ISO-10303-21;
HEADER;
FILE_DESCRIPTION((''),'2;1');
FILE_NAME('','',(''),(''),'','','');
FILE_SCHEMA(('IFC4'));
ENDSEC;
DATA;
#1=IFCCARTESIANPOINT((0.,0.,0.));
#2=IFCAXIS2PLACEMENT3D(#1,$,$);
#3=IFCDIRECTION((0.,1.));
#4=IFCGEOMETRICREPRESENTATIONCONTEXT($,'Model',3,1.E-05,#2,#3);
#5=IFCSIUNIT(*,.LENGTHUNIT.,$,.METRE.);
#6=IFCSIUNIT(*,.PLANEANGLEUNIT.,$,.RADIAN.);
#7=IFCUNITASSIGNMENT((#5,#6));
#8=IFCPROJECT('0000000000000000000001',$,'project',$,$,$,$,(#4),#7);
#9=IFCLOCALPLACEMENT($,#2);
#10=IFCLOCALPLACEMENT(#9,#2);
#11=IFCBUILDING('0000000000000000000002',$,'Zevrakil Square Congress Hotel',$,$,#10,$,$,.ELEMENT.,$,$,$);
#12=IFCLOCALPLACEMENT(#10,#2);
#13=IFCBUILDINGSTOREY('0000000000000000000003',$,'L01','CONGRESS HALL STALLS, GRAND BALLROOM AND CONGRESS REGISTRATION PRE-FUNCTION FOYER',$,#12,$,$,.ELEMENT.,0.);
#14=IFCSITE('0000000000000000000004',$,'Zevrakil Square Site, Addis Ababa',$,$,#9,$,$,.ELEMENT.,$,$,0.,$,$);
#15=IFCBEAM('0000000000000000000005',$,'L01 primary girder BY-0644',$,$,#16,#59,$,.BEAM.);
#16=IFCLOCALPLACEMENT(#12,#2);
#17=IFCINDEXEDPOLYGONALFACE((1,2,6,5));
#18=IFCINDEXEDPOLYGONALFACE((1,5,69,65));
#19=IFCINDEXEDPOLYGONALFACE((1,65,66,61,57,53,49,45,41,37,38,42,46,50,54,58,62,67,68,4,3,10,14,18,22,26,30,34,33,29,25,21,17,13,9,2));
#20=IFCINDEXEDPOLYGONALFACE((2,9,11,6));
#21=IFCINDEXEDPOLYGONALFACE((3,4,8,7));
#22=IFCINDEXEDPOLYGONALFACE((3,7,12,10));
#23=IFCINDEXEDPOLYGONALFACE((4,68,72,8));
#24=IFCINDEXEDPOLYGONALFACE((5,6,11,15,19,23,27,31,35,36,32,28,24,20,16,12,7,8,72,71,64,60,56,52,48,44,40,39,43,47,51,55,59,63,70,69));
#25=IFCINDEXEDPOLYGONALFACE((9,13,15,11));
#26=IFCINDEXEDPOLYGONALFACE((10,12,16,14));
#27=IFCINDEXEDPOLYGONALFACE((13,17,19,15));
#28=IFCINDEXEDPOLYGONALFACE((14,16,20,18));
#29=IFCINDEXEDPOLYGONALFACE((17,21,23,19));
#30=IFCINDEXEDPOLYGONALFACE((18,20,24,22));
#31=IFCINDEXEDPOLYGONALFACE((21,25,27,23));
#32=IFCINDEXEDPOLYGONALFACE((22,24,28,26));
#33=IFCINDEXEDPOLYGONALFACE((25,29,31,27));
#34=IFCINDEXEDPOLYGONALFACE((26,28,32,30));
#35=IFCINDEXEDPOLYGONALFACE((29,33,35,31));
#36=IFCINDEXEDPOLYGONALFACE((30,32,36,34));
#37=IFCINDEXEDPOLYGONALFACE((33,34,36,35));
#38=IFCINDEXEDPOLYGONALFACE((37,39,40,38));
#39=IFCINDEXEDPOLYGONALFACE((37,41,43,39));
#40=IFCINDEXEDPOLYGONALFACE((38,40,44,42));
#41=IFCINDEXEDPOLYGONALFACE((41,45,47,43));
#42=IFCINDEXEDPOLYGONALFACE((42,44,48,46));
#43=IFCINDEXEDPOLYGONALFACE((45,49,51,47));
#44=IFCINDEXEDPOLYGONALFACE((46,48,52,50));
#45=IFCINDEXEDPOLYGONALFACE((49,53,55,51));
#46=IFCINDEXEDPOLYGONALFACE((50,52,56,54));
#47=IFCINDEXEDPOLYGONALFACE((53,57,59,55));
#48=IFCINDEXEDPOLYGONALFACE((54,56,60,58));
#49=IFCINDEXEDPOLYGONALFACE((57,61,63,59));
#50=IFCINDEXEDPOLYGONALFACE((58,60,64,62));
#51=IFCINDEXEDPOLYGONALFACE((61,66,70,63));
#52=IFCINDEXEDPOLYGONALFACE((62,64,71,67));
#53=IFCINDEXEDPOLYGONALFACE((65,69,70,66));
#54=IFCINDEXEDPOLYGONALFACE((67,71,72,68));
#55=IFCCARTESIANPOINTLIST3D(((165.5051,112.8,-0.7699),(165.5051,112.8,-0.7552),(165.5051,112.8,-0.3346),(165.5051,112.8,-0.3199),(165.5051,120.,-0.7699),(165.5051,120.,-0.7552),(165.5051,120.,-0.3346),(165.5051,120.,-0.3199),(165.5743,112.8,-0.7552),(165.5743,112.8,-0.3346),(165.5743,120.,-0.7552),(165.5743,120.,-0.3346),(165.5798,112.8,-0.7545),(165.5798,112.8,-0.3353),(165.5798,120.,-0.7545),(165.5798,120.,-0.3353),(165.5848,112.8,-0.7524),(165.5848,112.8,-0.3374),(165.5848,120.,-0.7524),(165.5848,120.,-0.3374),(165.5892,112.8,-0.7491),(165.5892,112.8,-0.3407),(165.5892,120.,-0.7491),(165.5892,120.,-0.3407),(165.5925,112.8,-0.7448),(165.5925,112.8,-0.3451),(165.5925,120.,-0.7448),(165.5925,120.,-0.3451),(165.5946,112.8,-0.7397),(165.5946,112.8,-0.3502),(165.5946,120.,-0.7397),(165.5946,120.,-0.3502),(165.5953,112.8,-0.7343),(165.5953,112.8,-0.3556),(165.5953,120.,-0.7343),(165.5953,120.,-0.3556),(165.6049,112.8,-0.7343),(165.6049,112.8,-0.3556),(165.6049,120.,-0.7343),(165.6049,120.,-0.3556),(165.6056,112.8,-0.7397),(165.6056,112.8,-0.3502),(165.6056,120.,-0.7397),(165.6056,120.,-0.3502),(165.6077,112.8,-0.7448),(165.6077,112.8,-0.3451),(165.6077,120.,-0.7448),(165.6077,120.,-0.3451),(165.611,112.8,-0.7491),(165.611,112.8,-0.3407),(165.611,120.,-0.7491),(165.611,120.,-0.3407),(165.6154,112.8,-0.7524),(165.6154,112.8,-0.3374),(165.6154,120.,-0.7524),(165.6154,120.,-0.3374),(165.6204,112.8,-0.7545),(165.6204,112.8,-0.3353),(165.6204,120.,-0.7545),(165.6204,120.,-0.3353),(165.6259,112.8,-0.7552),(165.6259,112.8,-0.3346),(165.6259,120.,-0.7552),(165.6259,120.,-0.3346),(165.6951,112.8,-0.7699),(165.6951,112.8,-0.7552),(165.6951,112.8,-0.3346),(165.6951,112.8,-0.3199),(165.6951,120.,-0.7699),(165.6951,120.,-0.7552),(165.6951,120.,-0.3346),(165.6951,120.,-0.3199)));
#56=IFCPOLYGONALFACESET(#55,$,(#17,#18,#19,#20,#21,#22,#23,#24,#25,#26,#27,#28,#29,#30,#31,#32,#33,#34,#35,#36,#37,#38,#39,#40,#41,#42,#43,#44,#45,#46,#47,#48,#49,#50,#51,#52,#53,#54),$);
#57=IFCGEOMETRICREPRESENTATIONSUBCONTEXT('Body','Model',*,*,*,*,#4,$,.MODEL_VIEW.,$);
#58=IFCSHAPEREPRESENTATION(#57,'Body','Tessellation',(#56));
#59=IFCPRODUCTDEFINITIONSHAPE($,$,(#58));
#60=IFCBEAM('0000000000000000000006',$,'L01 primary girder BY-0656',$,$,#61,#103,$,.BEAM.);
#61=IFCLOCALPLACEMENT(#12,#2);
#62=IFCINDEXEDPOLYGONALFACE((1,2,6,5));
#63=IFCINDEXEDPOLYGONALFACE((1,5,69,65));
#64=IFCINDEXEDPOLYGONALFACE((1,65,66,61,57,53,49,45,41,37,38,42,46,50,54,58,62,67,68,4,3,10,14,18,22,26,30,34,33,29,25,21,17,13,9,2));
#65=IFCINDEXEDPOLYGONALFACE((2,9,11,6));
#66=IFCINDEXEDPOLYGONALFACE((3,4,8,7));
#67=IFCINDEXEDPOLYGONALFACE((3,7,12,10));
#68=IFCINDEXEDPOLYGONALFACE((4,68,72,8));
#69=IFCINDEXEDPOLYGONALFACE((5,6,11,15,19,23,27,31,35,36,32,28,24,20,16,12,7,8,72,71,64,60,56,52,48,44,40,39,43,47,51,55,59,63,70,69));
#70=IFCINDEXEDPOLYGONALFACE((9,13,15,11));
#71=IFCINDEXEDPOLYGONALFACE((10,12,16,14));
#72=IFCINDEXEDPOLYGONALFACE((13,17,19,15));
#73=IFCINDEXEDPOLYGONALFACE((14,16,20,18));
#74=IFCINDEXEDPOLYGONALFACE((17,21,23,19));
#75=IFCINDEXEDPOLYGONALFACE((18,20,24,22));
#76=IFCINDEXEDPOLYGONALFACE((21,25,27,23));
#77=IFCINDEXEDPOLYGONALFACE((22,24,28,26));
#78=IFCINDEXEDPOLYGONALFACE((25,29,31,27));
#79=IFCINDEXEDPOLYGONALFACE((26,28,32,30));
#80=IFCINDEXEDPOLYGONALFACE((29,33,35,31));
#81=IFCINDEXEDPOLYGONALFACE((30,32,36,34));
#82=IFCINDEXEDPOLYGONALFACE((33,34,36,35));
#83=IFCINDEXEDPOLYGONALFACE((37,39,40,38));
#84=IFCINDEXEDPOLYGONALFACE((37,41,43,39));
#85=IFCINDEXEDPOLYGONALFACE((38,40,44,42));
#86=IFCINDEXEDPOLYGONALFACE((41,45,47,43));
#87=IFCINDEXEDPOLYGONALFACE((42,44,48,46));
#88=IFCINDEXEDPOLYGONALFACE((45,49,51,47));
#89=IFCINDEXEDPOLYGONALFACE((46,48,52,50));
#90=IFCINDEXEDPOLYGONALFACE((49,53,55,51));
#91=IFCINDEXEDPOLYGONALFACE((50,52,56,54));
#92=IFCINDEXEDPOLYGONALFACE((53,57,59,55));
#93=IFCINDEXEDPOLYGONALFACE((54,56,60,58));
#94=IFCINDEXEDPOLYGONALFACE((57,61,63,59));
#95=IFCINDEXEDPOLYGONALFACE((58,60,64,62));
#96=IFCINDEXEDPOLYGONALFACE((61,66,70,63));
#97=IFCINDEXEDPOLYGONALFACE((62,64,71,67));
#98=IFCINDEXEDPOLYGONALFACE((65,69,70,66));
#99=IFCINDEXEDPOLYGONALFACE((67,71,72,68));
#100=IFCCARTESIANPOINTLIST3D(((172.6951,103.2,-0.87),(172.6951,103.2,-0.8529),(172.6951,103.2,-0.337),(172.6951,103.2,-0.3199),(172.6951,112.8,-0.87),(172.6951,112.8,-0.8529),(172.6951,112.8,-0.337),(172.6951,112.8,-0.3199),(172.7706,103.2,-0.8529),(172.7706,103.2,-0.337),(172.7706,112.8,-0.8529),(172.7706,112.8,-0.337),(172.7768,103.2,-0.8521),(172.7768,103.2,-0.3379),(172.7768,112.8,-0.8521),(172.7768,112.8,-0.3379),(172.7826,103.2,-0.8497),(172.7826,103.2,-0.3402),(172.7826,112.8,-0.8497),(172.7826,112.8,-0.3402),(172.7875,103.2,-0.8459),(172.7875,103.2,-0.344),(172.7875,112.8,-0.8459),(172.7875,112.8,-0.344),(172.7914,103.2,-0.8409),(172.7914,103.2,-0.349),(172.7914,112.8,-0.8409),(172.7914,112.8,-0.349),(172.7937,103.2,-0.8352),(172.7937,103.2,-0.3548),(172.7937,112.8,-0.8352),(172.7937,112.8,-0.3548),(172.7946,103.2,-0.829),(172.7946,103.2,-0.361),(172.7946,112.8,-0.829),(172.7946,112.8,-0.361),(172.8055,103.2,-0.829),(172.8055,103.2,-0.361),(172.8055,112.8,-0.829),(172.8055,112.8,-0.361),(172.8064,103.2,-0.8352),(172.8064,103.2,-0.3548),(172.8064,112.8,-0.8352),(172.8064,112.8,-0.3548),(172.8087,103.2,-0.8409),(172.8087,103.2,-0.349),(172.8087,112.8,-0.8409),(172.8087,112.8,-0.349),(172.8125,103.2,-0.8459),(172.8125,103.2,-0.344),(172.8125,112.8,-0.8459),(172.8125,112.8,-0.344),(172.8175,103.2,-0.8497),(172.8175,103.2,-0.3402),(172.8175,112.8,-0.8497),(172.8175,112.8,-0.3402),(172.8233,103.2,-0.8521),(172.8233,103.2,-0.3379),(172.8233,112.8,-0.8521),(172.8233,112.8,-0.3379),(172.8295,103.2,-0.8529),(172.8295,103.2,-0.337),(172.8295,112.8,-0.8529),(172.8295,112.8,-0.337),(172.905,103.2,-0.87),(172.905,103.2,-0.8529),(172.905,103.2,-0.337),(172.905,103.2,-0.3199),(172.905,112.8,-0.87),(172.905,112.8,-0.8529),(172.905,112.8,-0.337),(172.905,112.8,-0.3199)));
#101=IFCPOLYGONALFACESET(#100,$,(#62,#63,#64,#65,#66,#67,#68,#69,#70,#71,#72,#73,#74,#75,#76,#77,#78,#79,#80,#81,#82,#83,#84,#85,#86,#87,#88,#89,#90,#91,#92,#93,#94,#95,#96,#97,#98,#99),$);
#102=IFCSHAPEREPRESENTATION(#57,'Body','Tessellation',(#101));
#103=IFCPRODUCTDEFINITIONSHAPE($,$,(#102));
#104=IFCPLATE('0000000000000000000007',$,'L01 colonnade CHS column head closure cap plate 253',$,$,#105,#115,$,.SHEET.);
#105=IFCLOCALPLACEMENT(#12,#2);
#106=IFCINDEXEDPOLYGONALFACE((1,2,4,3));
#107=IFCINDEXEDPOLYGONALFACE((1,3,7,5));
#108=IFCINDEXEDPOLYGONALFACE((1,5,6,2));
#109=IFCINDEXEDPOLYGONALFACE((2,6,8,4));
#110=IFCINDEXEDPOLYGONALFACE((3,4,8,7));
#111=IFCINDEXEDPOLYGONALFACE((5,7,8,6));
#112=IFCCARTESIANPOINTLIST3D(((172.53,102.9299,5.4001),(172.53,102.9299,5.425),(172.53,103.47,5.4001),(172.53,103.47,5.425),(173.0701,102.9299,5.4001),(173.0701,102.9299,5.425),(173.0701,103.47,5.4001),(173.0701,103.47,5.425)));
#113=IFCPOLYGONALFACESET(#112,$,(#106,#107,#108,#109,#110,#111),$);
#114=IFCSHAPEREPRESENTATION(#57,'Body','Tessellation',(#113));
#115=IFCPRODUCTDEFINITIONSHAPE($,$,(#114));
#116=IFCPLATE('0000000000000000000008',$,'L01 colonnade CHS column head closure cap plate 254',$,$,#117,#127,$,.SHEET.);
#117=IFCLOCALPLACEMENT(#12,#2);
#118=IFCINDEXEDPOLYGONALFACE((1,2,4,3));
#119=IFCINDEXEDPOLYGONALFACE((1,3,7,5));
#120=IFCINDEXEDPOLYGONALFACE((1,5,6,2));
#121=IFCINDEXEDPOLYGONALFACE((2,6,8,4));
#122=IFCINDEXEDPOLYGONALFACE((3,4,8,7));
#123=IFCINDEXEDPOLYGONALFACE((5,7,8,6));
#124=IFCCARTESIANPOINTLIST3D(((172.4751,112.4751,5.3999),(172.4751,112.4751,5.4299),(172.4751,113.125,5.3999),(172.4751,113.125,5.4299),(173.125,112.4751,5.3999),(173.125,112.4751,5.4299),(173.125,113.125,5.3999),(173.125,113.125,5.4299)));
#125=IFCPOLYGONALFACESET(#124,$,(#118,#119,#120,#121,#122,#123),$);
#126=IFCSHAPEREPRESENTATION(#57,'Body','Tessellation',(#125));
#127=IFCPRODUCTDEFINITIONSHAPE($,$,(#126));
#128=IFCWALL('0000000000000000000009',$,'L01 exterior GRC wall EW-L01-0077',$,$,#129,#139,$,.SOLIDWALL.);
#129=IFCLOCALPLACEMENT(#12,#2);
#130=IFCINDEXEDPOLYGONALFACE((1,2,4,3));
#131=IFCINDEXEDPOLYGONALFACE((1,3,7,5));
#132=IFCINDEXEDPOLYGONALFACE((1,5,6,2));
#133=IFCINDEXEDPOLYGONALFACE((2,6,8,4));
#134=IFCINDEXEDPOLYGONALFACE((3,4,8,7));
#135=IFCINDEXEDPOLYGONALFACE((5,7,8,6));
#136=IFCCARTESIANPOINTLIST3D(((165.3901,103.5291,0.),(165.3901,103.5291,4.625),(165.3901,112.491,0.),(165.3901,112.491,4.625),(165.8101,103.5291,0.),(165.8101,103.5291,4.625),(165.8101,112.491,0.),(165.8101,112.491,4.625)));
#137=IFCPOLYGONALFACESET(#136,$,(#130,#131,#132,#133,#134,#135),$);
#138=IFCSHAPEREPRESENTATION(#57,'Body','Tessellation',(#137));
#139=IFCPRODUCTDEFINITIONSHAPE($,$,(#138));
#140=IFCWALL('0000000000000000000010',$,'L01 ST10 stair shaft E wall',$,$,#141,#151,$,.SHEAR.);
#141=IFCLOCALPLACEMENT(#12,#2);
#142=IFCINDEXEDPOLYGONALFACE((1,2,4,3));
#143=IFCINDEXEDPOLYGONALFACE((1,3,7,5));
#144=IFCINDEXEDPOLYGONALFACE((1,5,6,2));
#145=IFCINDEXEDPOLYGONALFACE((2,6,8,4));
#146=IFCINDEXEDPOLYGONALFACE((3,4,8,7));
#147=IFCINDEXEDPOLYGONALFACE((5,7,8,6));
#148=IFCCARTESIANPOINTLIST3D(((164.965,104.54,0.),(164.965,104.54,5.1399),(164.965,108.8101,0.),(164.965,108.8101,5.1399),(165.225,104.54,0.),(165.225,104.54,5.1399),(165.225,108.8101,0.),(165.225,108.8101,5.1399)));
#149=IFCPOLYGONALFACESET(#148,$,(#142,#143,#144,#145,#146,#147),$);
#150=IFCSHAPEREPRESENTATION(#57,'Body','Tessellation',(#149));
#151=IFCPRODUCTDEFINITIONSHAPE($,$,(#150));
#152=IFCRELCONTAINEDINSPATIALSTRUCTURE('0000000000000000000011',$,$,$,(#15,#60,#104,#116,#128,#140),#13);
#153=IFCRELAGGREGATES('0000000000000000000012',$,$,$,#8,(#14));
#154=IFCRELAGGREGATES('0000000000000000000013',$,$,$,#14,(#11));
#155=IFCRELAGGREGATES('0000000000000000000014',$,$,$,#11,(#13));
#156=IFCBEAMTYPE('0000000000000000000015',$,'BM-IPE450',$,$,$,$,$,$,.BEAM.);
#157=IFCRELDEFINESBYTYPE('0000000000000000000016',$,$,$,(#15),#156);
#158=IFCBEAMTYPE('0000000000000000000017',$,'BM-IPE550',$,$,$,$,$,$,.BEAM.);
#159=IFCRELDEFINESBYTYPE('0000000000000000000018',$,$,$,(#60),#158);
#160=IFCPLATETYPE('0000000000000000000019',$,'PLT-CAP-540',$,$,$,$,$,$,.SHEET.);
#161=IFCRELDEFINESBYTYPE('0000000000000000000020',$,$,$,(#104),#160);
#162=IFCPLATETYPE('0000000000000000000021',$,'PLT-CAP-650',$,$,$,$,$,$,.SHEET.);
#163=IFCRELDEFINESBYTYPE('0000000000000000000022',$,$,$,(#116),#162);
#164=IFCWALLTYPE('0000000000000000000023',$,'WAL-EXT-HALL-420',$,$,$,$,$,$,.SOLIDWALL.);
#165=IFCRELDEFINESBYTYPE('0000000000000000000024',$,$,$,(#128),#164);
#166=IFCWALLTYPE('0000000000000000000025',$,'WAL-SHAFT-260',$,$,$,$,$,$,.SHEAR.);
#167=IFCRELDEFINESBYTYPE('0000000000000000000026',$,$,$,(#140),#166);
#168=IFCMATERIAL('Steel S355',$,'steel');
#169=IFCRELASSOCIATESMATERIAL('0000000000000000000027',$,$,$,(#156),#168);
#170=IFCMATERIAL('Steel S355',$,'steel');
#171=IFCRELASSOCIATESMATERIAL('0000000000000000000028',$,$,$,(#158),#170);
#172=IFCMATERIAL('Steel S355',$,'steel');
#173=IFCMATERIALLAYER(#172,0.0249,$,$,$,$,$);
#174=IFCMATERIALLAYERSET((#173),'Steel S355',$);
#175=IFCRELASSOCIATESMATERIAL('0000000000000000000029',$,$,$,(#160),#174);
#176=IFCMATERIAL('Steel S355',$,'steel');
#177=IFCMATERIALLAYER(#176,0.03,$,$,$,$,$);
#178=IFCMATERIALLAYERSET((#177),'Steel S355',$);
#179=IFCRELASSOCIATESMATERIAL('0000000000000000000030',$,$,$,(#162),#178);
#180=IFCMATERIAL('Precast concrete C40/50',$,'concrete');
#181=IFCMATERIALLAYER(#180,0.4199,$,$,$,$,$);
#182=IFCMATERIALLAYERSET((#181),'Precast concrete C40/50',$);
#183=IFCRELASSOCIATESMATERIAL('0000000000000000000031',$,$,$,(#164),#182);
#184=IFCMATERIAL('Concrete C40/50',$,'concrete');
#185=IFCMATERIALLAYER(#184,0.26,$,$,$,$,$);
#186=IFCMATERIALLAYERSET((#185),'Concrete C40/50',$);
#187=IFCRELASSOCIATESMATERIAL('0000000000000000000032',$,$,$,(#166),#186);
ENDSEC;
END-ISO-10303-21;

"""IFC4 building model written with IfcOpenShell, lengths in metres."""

from ifc_helpers import new_model, si_unit, direction, frame, frame_2d, origin, origin_2d, place, context, subcontext, project, spatial, rectangle, i_section, extrude, material, layer, layer_set, material_profile, profile_set, type_object, element, save


model = new_model("IFC4")

# Units and contexts
model_context = context("Model", 3, precision=1e-05, world=origin(), true_north=direction((0.0, 1.0)))
body_context = subcontext(model_context, "Body", "Model", "MODEL_VIEW")
ifc_project = project(units=[si_unit("LENGTHUNIT", "METRE"), si_unit("PLANEANGLEUNIT", "RADIAN")], contexts=[model_context])

# Site, building, storey
site_placement = place(None, origin())
site = spatial("IfcSite", under=ifc_project, at=site_placement, Name="Zevrakil Square Site, Addis Ababa", CompositionType="ELEMENT", RefElevation=0.0)
building_placement = place(site_placement, origin())
building = spatial("IfcBuilding", under=site, at=building_placement, Name="Zevrakil Square Congress Hotel", CompositionType="ELEMENT")
storey_placement = place(building_placement, origin())
storey = spatial("IfcBuildingStorey", under=building, at=storey_placement, Name="L01", Description="CONGRESS HALL STALLS, GRAND BALLROOM AND CONGRESS REGISTRATION PRE-FUNCTION FOYER", CompositionType="ELEMENT", Elevation=0.0)

# Beams
ifc_material_1 = material(Name="Steel S355", Category="steel")
ifc_material_profile_1 = material_profile(ifc_material_1, i_section(OverallWidth=0.1899, OverallDepth=0.45, WebThickness=0.0095, FlangeThickness=0.0146, FilletRadius=0.021, at=origin_2d()), Name="IPE 450")
ifc_profile_set_1 = profile_set([ifc_material_profile_1], Name="Steel S355")
beam_type_1 = type_object("IfcBeamType", Name="BM-IPE450", PredefinedType="BEAM", material=ifc_profile_set_1)
beam_1_placement = place(storey_placement, frame((165.6001, 112.8, -0.5449), z_axis=(0.0, 1.0, 0.0), x_axis=(-1.0, 0.0, 0.0)))
element("IfcBeam", 1, at=beam_1_placement, inside=storey, type_object=beam_type_1, Name="L01 primary girder BY-0644", PredefinedType="BEAM", context=body_context, shape_type="SweptSolid", body=[
    extrude(i_section(OverallWidth=0.1899, OverallDepth=0.45, WebThickness=0.0095, FlangeThickness=0.0146, FilletRadius=0.021, at=origin_2d()), origin(), (0.0, 0.0, 1.0), 7.2),
])
ifc_material_2 = material(Name="Steel S355", Category="steel")
ifc_material_profile_2 = material_profile(ifc_material_2, i_section(OverallWidth=0.21, OverallDepth=0.55, WebThickness=0.011, FlangeThickness=0.0171, FilletRadius=0.0239, at=origin_2d()), Name="IPE 550")
ifc_profile_set_2 = profile_set([ifc_material_profile_2], Name="Steel S355")
beam_type_2 = type_object("IfcBeamType", Name="BM-IPE550", PredefinedType="BEAM", material=ifc_profile_set_2)
beam_2_placement = place(storey_placement, frame((172.8, 103.2, -0.595), z_axis=(0.0, 1.0, 0.0), x_axis=(-1.0, 0.0, 0.0)))
element("IfcBeam", 2, at=beam_2_placement, inside=storey, type_object=beam_type_2, Name="L01 primary girder BY-0656", PredefinedType="BEAM", context=body_context, shape_type="SweptSolid", body=[
    extrude(i_section(OverallWidth=0.21, OverallDepth=0.55, WebThickness=0.011, FlangeThickness=0.0171, FilletRadius=0.0239, at=origin_2d()), origin(), (0.0, 0.0, 1.0), 9.6001),
])

# Plates
ifc_material_3 = material(Name="Steel S355", Category="steel")
ifc_layer_1 = layer(ifc_material_3, 0.0249)
ifc_layer_set_1 = layer_set([ifc_layer_1], Name="Steel S355")
plate_type_1 = type_object("IfcPlateType", Name="PLT-CAP-540", PredefinedType="SHEET", material=ifc_layer_set_1)
plate_1_placement = place(storey_placement, frame((172.8, 103.2, 5.4001), z_axis=(0.0, 0.0, 1.0), x_axis=(1.0, 0.0, 0.0)))
element("IfcPlate", 3, at=plate_1_placement, inside=storey, type_object=plate_type_1, Name="L01 colonnade CHS column head closure cap plate 253", PredefinedType="SHEET", context=body_context, shape_type="SweptSolid", body=[
    extrude(rectangle(XDim=0.54, YDim=0.54, at=origin_2d()), origin(), (0.0, 0.0, 1.0), 0.0249),
])
ifc_material_4 = material(Name="Steel S355", Category="steel")
ifc_layer_2 = layer(ifc_material_4, 0.03)
ifc_layer_set_2 = layer_set([ifc_layer_2], Name="Steel S355")
plate_type_2 = type_object("IfcPlateType", Name="PLT-CAP-650", PredefinedType="SHEET", material=ifc_layer_set_2)
plate_2_placement = place(storey_placement, frame((172.8, 112.8, 5.3999), z_axis=(0.0, 0.0, 1.0), x_axis=(1.0, 0.0, 0.0)))
element("IfcPlate", 4, at=plate_2_placement, inside=storey, type_object=plate_type_2, Name="L01 colonnade CHS column head closure cap plate 254", PredefinedType="SHEET", context=body_context, shape_type="SweptSolid", body=[
    extrude(rectangle(XDim=0.6499, YDim=0.6499, at=origin_2d()), origin(), (0.0, 0.0, 1.0), 0.03),
])

# Walls
ifc_material_5 = material(Name="Precast concrete C40/50", Category="concrete")
ifc_layer_3 = layer(ifc_material_5, 0.4199)
ifc_layer_set_3 = layer_set([ifc_layer_3], Name="Precast concrete C40/50")
wall_type_1 = type_object("IfcWallType", Name="WAL-EXT-HALL-420", PredefinedType="SOLIDWALL", material=ifc_layer_set_3)
wall_1_placement = place(storey_placement, frame((165.6001, 103.5291, 0.0), z_axis=(0.0, 0.0, 1.0), x_axis=(0.0, 1.0, 0.0)))
element("IfcWall", 5, at=wall_1_placement, inside=storey, type_object=wall_type_1, Name="L01 exterior GRC wall EW-L01-0077", PredefinedType="SOLIDWALL", context=body_context, shape_type="SweptSolid", body=[
    extrude(rectangle(XDim=8.9619, YDim=0.4199, at=frame_2d((4.481, 0.0))), origin(), (0.0, 0.0, 1.0), 4.625),
])
ifc_material_6 = material(Name="Concrete C40/50", Category="concrete")
ifc_layer_4 = layer(ifc_material_6, 0.26)
ifc_layer_set_4 = layer_set([ifc_layer_4], Name="Concrete C40/50")
wall_type_2 = type_object("IfcWallType", Name="WAL-SHAFT-260", PredefinedType="SHEAR", material=ifc_layer_set_4)
wall_2_placement = place(storey_placement, frame((165.095, 104.54, 0.0), z_axis=(0.0, 0.0, 1.0), x_axis=(0.0, 1.0, 0.0)))
element("IfcWall", 6, at=wall_2_placement, inside=storey, type_object=wall_type_2, Name="L01 ST10 stair shaft E wall", PredefinedType="SHEAR", context=body_context, shape_type="SweptSolid", body=[
    extrude(rectangle(XDim=4.27, YDim=0.26, at=frame_2d((2.135, 0.0))), origin(), (0.0, 0.0, 1.0), 5.1399),
])

save(model, "model.ifc")
